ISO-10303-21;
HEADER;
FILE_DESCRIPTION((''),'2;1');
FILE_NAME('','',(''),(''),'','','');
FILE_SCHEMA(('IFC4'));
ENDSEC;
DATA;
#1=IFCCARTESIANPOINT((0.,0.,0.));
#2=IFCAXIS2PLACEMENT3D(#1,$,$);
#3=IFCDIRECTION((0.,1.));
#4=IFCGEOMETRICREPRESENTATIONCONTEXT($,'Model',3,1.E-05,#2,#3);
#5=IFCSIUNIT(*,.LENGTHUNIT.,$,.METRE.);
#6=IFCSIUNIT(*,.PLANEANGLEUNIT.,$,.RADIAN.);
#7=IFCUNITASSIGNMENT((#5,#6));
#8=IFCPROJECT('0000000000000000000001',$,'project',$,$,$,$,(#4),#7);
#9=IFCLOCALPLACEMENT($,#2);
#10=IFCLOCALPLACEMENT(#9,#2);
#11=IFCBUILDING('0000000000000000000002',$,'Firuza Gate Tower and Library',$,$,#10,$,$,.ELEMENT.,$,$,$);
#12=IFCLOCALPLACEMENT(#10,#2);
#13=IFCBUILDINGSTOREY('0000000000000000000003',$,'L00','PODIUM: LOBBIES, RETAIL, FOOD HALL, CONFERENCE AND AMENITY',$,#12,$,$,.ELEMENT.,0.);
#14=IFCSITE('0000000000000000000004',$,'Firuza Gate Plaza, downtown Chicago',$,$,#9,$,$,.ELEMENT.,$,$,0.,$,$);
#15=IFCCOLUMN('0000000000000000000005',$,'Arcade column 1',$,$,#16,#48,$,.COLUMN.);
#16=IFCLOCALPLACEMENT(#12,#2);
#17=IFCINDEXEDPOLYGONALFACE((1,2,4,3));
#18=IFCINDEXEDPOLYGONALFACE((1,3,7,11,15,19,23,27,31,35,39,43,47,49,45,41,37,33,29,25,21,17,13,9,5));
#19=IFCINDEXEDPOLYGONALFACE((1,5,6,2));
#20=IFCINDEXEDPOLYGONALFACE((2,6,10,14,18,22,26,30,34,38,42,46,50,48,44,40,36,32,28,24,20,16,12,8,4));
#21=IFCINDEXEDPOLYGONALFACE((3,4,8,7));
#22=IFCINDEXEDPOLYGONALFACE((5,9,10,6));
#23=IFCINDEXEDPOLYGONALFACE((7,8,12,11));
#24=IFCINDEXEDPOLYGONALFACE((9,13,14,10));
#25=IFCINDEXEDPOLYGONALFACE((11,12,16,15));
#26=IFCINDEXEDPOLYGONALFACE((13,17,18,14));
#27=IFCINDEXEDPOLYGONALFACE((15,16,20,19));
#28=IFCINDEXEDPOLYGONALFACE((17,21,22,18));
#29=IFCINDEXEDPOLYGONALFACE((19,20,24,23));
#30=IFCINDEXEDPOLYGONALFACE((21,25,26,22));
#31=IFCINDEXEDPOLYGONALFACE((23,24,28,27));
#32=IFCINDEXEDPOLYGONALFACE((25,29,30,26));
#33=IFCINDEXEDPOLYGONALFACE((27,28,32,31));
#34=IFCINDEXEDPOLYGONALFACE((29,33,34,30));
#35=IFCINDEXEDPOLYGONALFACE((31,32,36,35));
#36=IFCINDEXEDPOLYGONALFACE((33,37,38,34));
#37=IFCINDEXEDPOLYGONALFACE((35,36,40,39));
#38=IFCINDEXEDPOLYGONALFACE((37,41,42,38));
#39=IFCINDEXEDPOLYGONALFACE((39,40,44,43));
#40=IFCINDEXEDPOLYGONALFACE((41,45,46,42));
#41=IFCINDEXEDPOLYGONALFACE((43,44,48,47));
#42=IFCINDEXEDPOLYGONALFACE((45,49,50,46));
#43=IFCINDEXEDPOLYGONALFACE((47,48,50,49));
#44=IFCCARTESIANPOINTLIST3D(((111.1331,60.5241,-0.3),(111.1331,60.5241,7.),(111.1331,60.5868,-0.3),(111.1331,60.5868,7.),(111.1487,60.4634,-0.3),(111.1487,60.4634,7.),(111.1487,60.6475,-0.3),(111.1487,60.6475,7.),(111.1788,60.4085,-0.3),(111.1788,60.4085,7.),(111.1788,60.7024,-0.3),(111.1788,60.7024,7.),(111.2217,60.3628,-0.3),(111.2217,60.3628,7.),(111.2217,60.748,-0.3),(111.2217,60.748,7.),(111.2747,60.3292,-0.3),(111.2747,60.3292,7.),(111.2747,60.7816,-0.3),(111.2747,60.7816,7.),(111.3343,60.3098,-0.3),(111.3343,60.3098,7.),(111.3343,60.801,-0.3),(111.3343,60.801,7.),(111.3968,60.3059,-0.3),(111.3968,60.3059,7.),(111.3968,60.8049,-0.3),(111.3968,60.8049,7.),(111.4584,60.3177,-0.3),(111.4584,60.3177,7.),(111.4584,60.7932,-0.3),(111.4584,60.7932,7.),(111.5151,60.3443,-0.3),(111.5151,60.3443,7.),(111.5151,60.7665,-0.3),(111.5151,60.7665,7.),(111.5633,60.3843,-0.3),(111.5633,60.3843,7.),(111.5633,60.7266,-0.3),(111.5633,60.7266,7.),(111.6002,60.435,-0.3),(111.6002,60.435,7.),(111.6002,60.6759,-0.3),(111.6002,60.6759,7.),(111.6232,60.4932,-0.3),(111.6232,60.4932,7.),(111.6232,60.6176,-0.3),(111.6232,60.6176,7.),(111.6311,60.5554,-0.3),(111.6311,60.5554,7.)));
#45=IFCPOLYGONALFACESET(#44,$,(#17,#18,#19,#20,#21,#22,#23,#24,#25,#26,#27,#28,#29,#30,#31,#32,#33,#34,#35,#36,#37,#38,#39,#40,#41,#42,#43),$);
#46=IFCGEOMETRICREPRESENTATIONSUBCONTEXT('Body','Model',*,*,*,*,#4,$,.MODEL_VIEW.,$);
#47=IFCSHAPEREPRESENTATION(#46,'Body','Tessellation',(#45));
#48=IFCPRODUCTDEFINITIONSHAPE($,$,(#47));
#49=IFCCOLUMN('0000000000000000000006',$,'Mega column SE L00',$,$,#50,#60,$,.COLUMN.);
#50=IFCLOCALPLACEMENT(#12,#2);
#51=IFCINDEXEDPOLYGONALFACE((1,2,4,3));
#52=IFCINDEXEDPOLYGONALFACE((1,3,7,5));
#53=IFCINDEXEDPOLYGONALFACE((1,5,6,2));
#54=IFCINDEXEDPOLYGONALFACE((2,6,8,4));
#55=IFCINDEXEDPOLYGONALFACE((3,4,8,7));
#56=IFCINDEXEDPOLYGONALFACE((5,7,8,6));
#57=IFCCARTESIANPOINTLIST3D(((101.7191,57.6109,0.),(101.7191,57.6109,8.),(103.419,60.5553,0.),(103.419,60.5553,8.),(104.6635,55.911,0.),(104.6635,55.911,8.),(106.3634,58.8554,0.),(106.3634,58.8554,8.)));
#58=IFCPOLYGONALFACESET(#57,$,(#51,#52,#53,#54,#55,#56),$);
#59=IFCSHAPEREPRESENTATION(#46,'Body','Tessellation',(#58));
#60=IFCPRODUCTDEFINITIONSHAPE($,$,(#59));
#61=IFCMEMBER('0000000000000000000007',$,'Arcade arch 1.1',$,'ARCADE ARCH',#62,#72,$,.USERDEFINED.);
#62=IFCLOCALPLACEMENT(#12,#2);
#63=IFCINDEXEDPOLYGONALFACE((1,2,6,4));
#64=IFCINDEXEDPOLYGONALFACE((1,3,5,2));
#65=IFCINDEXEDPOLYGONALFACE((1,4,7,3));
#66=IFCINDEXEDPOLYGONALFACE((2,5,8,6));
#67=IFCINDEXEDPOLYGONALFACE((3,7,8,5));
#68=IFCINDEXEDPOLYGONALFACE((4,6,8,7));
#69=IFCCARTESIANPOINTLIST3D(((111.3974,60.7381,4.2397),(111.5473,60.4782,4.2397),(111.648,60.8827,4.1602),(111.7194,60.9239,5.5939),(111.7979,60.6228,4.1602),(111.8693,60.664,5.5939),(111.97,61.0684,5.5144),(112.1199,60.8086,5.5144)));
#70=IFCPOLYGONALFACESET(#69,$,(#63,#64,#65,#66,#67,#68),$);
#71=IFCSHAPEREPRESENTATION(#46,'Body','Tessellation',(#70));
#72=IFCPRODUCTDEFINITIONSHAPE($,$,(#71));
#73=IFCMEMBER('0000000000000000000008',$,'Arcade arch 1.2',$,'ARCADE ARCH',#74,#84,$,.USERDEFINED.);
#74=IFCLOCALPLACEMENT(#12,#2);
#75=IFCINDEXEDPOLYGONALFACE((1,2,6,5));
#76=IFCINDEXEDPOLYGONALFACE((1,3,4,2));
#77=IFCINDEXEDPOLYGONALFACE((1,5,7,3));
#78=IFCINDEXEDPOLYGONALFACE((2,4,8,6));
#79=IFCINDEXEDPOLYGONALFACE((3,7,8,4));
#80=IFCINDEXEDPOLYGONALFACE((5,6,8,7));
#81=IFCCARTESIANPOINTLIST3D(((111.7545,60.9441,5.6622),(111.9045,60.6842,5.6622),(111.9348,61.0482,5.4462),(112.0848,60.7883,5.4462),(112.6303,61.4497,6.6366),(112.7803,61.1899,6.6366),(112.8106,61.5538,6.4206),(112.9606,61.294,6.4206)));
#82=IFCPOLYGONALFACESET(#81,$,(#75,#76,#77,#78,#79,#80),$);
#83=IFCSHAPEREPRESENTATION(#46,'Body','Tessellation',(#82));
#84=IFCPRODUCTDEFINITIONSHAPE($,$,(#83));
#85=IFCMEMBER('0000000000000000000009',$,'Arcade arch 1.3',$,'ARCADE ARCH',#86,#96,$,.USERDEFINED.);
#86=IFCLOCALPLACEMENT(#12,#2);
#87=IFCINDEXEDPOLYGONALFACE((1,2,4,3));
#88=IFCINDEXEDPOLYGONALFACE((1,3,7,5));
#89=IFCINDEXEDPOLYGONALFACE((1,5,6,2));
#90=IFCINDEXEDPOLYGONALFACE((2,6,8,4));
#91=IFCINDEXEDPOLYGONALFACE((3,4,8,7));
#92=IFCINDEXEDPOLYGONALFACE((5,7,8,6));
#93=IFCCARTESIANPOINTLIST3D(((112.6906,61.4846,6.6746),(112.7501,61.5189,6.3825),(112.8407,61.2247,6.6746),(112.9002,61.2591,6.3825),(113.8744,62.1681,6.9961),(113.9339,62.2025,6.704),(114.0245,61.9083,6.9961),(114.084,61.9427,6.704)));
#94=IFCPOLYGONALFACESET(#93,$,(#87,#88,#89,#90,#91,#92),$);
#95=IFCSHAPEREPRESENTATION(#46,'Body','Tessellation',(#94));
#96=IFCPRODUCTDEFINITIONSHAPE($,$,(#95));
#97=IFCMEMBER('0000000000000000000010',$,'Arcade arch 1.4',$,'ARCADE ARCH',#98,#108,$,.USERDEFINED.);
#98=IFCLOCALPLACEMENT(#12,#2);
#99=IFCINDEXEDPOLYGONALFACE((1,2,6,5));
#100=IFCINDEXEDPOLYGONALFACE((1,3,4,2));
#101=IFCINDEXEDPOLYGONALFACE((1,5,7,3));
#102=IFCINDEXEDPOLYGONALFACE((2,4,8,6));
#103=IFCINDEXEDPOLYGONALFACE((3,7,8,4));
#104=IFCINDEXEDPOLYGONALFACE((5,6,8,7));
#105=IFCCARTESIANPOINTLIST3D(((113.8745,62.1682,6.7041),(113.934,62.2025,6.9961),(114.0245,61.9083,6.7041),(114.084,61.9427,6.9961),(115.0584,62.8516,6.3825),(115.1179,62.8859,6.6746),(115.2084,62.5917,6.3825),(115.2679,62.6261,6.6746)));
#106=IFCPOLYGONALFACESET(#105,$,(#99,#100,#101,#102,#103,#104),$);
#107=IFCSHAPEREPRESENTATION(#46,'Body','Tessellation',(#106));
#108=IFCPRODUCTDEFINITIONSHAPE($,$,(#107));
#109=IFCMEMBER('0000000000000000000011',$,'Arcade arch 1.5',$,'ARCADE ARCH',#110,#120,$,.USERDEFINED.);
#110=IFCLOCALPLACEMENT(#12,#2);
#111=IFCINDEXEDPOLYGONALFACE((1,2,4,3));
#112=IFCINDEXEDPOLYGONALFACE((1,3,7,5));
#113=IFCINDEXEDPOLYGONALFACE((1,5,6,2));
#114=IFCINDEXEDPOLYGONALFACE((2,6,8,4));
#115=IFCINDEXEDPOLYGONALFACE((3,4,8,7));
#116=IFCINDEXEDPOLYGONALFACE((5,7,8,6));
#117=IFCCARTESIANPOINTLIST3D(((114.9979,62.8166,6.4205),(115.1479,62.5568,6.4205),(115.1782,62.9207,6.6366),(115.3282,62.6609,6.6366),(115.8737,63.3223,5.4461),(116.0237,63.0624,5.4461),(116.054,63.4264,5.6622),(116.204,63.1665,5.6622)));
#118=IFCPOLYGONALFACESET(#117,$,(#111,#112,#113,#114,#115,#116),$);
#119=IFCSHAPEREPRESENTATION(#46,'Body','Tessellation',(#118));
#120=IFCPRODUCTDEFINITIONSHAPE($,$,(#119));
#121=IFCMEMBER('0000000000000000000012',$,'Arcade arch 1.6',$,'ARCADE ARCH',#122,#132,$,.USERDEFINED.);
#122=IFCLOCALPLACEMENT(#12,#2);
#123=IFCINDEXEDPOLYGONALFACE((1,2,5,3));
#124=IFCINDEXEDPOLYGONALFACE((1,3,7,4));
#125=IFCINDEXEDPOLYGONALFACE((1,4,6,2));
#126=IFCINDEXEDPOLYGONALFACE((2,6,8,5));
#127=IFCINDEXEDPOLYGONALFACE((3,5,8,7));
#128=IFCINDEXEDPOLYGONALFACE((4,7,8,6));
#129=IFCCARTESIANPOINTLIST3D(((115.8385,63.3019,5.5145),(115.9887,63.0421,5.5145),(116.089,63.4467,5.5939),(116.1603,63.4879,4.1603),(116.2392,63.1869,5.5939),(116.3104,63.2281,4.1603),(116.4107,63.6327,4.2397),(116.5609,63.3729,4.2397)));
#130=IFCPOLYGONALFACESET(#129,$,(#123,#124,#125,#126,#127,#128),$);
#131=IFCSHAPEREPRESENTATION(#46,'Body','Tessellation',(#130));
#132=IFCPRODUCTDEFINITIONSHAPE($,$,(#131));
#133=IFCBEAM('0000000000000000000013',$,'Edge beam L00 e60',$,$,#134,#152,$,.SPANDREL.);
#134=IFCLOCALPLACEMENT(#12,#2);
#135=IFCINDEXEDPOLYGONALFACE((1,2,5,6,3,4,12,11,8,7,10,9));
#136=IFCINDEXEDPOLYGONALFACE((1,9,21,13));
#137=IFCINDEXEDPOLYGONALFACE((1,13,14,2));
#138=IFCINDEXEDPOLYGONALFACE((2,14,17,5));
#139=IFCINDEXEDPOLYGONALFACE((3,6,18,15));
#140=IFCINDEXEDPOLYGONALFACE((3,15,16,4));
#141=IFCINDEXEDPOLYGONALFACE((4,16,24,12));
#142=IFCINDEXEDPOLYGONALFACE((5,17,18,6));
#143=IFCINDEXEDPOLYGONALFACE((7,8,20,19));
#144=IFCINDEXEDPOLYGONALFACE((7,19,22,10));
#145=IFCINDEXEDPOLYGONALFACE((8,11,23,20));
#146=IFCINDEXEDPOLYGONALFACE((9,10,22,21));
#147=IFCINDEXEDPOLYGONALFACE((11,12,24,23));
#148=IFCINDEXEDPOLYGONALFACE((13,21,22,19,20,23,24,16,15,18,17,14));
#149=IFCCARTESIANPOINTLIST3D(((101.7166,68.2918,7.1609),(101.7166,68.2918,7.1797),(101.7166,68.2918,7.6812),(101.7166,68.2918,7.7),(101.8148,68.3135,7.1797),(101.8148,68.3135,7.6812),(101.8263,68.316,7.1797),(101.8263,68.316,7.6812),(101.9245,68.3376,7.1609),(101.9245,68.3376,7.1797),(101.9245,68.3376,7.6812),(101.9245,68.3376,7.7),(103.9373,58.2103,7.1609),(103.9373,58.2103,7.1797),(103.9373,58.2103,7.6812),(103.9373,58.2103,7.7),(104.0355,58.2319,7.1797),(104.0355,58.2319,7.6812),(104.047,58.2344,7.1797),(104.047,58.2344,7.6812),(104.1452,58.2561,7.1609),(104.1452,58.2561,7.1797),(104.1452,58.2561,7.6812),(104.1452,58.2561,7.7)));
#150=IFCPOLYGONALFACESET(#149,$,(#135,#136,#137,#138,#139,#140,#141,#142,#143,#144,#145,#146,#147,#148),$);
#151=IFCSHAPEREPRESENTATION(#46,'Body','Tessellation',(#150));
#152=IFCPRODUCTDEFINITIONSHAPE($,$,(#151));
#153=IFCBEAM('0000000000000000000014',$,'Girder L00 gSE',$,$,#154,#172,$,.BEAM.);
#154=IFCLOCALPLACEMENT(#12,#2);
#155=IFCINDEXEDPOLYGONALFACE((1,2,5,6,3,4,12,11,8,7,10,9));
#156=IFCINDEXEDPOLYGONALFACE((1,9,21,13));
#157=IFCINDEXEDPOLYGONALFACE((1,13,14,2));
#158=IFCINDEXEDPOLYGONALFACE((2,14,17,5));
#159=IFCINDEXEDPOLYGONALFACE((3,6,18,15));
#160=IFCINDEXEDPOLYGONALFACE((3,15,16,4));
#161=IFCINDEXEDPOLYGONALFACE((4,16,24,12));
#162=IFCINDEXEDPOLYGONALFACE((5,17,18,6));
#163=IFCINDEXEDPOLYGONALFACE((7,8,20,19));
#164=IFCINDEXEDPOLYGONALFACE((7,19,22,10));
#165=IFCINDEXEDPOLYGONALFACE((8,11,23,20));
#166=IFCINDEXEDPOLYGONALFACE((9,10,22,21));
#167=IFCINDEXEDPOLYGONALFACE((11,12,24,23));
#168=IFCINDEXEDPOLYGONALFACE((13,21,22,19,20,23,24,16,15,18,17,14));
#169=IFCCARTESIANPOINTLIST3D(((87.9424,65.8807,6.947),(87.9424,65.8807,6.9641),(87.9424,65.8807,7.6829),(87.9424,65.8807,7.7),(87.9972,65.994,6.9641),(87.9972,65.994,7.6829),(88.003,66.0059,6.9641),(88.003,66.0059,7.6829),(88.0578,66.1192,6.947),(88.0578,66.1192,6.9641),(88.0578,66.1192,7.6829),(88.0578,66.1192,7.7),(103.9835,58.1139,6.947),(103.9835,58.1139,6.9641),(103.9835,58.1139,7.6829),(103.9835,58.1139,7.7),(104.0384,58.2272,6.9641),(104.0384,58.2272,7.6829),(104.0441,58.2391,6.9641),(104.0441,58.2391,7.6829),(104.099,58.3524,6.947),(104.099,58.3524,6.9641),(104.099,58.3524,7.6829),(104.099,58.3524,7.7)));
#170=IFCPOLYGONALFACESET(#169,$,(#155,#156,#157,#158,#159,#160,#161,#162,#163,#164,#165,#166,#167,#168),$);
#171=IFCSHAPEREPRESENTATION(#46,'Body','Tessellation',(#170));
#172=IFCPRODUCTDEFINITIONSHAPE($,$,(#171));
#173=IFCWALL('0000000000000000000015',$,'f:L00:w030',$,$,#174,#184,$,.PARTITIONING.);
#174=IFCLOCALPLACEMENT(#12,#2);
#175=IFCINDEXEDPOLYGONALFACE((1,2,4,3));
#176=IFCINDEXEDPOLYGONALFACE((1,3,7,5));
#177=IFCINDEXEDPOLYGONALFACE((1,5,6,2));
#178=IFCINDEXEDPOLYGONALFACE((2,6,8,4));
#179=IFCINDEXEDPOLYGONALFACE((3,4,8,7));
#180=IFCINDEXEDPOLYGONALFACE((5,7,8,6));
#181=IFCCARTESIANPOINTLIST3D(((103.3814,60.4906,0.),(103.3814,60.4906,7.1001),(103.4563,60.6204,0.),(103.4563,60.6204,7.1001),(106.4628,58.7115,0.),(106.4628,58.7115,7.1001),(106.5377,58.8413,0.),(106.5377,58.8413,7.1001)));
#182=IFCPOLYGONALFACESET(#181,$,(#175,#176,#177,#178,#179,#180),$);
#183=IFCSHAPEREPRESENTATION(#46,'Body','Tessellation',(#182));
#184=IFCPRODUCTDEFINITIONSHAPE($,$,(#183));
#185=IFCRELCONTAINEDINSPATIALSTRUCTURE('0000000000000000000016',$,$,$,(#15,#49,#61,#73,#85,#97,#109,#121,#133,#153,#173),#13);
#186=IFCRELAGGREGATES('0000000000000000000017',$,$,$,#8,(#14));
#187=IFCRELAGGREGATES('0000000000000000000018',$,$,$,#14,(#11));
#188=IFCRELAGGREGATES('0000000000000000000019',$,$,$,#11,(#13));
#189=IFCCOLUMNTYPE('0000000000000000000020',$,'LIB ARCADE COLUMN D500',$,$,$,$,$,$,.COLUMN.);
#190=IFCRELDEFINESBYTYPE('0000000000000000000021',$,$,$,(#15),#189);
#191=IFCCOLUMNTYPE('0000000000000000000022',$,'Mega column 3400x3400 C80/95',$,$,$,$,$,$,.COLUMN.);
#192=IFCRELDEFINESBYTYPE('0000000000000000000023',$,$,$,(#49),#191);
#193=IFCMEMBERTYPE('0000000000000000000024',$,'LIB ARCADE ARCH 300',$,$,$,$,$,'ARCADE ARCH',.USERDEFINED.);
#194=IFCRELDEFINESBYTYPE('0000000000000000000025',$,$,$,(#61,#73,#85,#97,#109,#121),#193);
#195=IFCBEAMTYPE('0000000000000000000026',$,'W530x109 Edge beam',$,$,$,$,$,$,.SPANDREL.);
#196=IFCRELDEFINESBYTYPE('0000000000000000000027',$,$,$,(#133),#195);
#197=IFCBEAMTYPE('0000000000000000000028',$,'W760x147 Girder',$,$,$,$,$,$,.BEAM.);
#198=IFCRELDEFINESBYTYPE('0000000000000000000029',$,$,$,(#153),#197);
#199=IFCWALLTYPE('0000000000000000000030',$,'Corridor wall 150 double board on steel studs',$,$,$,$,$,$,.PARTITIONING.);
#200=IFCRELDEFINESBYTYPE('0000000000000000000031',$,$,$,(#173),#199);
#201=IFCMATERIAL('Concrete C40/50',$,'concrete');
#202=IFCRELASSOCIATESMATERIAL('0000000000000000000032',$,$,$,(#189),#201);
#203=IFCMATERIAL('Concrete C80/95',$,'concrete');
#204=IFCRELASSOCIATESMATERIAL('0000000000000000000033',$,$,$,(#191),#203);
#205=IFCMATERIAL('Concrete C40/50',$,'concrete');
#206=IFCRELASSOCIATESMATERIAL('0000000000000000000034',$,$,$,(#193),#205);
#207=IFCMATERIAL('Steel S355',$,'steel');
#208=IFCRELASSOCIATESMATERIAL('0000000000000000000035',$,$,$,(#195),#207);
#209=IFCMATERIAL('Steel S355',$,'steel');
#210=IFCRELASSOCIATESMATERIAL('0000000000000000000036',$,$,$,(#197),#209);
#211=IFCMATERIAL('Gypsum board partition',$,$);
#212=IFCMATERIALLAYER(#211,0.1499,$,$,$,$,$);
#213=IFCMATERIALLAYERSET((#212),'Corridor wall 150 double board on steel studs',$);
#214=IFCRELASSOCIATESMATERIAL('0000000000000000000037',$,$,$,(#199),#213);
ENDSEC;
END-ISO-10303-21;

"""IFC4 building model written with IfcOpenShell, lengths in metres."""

from ifc_helpers import new_model, si_unit, direction, frame, frame_2d, origin, origin_2d, place, context, subcontext, project, spatial, rectangle, circle, i_section, extrude, material, layer, layer_set, material_profile, profile_set, type_object, element, save


model = new_model("IFC4")

# Units and contexts
model_context = context("Model", 3, precision=1e-05, world=origin(), true_north=direction((0.0, 1.0)))
body_context = subcontext(model_context, "Body", "Model", "MODEL_VIEW")
ifc_project = project(units=[si_unit("LENGTHUNIT", "METRE"), si_unit("PLANEANGLEUNIT", "RADIAN")], contexts=[model_context])

# Site, building, storey
site_placement = place(None, origin())
site = spatial("IfcSite", under=ifc_project, at=site_placement, Name="Firuza Gate Plaza, downtown Chicago", CompositionType="ELEMENT", RefElevation=0.0)
building_placement = place(site_placement, origin())
building = spatial("IfcBuilding", under=site, at=building_placement, Name="Firuza Gate Tower and Library", CompositionType="ELEMENT")
storey_placement = place(building_placement, origin())
storey = spatial("IfcBuildingStorey", under=building, at=storey_placement, Name="L00", Description="PODIUM: LOBBIES, RETAIL, FOOD HALL, CONFERENCE AND AMENITY", CompositionType="ELEMENT", Elevation=0.0)

# Columns
ifc_material_1 = material(Name="Concrete C40/50", Category="concrete")
ifc_material_profile_1 = material_profile(ifc_material_1, circle(Radius=0.25, at=origin_2d()))
ifc_profile_set_1 = profile_set([ifc_material_profile_1], Name="Concrete C40/50")
column_type_1 = type_object("IfcColumnType", Name="LIB ARCADE COLUMN D500", PredefinedType="COLUMN", material=ifc_profile_set_1)
column_1_placement = place(storey_placement, frame((111.3811, 60.5554, -0.3), z_axis=(0.0, 0.0, 1.0), x_axis=(1.0, 0.0, 0.0)))
element("IfcColumn", 1, at=column_1_placement, inside=storey, type_object=column_type_1, Name="Arcade column 1", PredefinedType="COLUMN", context=body_context, shape_type="SweptSolid", body=[
    extrude(circle(Radius=0.25, at=origin_2d()), origin(), (0.0, 0.0, 1.0), 7.3),
])
ifc_material_2 = material(Name="Concrete C80/95", Category="concrete")
ifc_material_profile_2 = material_profile(ifc_material_2, rectangle(XDim=3.3999, YDim=3.3999, at=origin_2d()))
ifc_profile_set_2 = profile_set([ifc_material_profile_2], Name="Concrete C80/95")
column_type_2 = type_object("IfcColumnType", Name="Mega column 3400x3400 C80/95", PredefinedType="COLUMN", material=ifc_profile_set_2)
column_2_placement = place(storey_placement, frame((104.0413, 58.2332, 0.0), z_axis=(0.0, 0.0, 1.0), x_axis=(0.5, 0.866025, 0.0)))
element("IfcColumn", 2, at=column_2_placement, inside=storey, type_object=column_type_2, Name="Mega column SE L00", PredefinedType="COLUMN", context=body_context, shape_type="SweptSolid", body=[
    extrude(rectangle(XDim=3.3999, YDim=3.3999, at=origin_2d()), origin(), (0.0, 0.0, 1.0), 8.0),
])

# Members
ifc_material_3 = material(Name="Concrete C40/50", Category="concrete")
ifc_material_profile_3 = material_profile(ifc_material_3, rectangle(XDim=0.3, YDim=0.3, at=origin_2d()))
ifc_profile_set_3 = profile_set([ifc_material_profile_3], Name="Concrete C40/50")
member_type = type_object("IfcMemberType", Name="LIB ARCADE ARCH 300", ElementType="ARCADE ARCH", PredefinedType="USERDEFINED", material=ifc_profile_set_3)
for number, where, z_axis, x_axis, name in (
    (3, (111.5977, 60.6804, 4.2), (0.229303, 0.132297, 0.964323), (-0.499741, 0.866175, 0.0), "Arcade arch 1.1"),
    (4, (111.9197, 60.8662, 5.5542), (0.623626, 0.360059, 0.693865), (-0.500008, 0.866021, 0.0), "Arcade arch 1.2"),
    (5, (112.7954, 61.3718, 6.5286), (0.842988, 0.486774, 0.228958), (-0.500057, 0.865992, 0.0), "Arcade arch 1.3"),
    (6, (113.9792, 62.0554, 6.8501), (0.84306, 0.486641, -0.228977), (-0.499923, 0.86607, 0.0), "Arcade arch 1.4"),
    (7, (115.1631, 62.7388, 6.5286), (0.623626, 0.360059, -0.693865), (-0.500008, 0.866021, 0.0), "Arcade arch 1.5"),
    (8, (116.0388, 63.2444, 5.5542), (0.229133, 0.132473, -0.964339), (-0.500518, 0.865726, 0.0), "Arcade arch 1.6"),
):
    element("IfcMember", number, at=place(storey_placement, frame(where, z_axis=z_axis, x_axis=x_axis)), inside=storey, type_object=member_type, Name=name, ObjectType="ARCADE ARCH", PredefinedType="USERDEFINED", context=body_context, shape_type="SweptSolid", body=[
        extrude(rectangle(XDim=0.3, YDim=0.3, at=origin_2d()), origin(), (0.0, 0.0, 1.0), 1.4043),
    ])

# Beams
ifc_material_4 = material(Name="Steel S355", Category="steel")
ifc_material_profile_4 = material_profile(ifc_material_4, i_section(OverallWidth=0.2129, OverallDepth=0.5391, WebThickness=0.0117, FlangeThickness=0.0188, at=origin_2d()))
ifc_profile_set_4 = profile_set([ifc_material_profile_4], Name="Steel S355")
beam_type_1 = type_object("IfcBeamType", Name="W530x109 Edge beam", PredefinedType="SPANDREL", material=ifc_profile_set_4)
beam_1_placement = place(storey_placement, frame((104.0413, 58.2332, 7.4304), z_axis=(-0.215117, 0.976588, 0.0), x_axis=(-0.976588, -0.215117, 0.0)))
element("IfcBeam", 9, at=beam_1_placement, inside=storey, type_object=beam_type_1, Name="Edge beam L00 e60", PredefinedType="SPANDREL", context=body_context, shape_type="SweptSolid", body=[
    extrude(i_section(OverallWidth=0.2129, OverallDepth=0.5391, WebThickness=0.0117, FlangeThickness=0.0188, at=origin_2d()), origin(), (0.0, 0.0, 1.0), 10.3232),
])
ifc_material_5 = material(Name="Steel S355", Category="steel")
ifc_material_profile_5 = material_profile(ifc_material_5, i_section(OverallWidth=0.2649, OverallDepth=0.7529, WebThickness=0.0132, FlangeThickness=0.0171, at=origin_2d()))
ifc_profile_set_5 = profile_set([ifc_material_profile_5], Name="Steel S355")
beam_type_2 = type_object("IfcBeamType", Name="W760x147 Girder", PredefinedType="BEAM", material=ifc_profile_set_5)
beam_2_placement = place(storey_placement, frame((104.0413, 58.2332, 7.3235), z_axis=(-0.90005, 0.435786, 0.0), x_axis=(-0.435786, -0.90005, 0.0)))
element("IfcBeam", 10, at=beam_2_placement, inside=storey, type_object=beam_type_2, Name="Girder L00 gSE", PredefinedType="BEAM", context=body_context, shape_type="SweptSolid", body=[
    extrude(i_section(OverallWidth=0.2649, OverallDepth=0.7529, WebThickness=0.0132, FlangeThickness=0.0171, at=origin_2d()), origin(), (0.0, 0.0, 1.0), 17.8225),
])

# Wall
ifc_material_6 = material(Name="Gypsum board partition")
ifc_layer_1 = layer(ifc_material_6, 0.1499)
ifc_layer_set_1 = layer_set([ifc_layer_1], Name="Corridor wall 150 double board on steel studs")
wall_type_1 = type_object("IfcWallType", Name="Corridor wall 150 double board on steel studs", PredefinedType="PARTITIONING", material=ifc_layer_set_1)
wall_1_placement = place(storey_placement, frame((106.5002, 58.7764, 0.0), z_axis=(0.0, 0.0, 1.0), x_axis=(-0.866018, 0.500013, 0.0)))
element("IfcWall", 11, at=wall_1_placement, inside=storey, type_object=wall_type_1, Name="f:L00:w030", PredefinedType="PARTITIONING", context=body_context, shape_type="SweptSolid", body=[
    extrude(rectangle(XDim=3.5581, YDim=0.1499, at=frame_2d((1.7791, 0.0))), origin(), (0.0, 0.0, 1.0), 7.1001),
])

save(model, "model.ifc")
